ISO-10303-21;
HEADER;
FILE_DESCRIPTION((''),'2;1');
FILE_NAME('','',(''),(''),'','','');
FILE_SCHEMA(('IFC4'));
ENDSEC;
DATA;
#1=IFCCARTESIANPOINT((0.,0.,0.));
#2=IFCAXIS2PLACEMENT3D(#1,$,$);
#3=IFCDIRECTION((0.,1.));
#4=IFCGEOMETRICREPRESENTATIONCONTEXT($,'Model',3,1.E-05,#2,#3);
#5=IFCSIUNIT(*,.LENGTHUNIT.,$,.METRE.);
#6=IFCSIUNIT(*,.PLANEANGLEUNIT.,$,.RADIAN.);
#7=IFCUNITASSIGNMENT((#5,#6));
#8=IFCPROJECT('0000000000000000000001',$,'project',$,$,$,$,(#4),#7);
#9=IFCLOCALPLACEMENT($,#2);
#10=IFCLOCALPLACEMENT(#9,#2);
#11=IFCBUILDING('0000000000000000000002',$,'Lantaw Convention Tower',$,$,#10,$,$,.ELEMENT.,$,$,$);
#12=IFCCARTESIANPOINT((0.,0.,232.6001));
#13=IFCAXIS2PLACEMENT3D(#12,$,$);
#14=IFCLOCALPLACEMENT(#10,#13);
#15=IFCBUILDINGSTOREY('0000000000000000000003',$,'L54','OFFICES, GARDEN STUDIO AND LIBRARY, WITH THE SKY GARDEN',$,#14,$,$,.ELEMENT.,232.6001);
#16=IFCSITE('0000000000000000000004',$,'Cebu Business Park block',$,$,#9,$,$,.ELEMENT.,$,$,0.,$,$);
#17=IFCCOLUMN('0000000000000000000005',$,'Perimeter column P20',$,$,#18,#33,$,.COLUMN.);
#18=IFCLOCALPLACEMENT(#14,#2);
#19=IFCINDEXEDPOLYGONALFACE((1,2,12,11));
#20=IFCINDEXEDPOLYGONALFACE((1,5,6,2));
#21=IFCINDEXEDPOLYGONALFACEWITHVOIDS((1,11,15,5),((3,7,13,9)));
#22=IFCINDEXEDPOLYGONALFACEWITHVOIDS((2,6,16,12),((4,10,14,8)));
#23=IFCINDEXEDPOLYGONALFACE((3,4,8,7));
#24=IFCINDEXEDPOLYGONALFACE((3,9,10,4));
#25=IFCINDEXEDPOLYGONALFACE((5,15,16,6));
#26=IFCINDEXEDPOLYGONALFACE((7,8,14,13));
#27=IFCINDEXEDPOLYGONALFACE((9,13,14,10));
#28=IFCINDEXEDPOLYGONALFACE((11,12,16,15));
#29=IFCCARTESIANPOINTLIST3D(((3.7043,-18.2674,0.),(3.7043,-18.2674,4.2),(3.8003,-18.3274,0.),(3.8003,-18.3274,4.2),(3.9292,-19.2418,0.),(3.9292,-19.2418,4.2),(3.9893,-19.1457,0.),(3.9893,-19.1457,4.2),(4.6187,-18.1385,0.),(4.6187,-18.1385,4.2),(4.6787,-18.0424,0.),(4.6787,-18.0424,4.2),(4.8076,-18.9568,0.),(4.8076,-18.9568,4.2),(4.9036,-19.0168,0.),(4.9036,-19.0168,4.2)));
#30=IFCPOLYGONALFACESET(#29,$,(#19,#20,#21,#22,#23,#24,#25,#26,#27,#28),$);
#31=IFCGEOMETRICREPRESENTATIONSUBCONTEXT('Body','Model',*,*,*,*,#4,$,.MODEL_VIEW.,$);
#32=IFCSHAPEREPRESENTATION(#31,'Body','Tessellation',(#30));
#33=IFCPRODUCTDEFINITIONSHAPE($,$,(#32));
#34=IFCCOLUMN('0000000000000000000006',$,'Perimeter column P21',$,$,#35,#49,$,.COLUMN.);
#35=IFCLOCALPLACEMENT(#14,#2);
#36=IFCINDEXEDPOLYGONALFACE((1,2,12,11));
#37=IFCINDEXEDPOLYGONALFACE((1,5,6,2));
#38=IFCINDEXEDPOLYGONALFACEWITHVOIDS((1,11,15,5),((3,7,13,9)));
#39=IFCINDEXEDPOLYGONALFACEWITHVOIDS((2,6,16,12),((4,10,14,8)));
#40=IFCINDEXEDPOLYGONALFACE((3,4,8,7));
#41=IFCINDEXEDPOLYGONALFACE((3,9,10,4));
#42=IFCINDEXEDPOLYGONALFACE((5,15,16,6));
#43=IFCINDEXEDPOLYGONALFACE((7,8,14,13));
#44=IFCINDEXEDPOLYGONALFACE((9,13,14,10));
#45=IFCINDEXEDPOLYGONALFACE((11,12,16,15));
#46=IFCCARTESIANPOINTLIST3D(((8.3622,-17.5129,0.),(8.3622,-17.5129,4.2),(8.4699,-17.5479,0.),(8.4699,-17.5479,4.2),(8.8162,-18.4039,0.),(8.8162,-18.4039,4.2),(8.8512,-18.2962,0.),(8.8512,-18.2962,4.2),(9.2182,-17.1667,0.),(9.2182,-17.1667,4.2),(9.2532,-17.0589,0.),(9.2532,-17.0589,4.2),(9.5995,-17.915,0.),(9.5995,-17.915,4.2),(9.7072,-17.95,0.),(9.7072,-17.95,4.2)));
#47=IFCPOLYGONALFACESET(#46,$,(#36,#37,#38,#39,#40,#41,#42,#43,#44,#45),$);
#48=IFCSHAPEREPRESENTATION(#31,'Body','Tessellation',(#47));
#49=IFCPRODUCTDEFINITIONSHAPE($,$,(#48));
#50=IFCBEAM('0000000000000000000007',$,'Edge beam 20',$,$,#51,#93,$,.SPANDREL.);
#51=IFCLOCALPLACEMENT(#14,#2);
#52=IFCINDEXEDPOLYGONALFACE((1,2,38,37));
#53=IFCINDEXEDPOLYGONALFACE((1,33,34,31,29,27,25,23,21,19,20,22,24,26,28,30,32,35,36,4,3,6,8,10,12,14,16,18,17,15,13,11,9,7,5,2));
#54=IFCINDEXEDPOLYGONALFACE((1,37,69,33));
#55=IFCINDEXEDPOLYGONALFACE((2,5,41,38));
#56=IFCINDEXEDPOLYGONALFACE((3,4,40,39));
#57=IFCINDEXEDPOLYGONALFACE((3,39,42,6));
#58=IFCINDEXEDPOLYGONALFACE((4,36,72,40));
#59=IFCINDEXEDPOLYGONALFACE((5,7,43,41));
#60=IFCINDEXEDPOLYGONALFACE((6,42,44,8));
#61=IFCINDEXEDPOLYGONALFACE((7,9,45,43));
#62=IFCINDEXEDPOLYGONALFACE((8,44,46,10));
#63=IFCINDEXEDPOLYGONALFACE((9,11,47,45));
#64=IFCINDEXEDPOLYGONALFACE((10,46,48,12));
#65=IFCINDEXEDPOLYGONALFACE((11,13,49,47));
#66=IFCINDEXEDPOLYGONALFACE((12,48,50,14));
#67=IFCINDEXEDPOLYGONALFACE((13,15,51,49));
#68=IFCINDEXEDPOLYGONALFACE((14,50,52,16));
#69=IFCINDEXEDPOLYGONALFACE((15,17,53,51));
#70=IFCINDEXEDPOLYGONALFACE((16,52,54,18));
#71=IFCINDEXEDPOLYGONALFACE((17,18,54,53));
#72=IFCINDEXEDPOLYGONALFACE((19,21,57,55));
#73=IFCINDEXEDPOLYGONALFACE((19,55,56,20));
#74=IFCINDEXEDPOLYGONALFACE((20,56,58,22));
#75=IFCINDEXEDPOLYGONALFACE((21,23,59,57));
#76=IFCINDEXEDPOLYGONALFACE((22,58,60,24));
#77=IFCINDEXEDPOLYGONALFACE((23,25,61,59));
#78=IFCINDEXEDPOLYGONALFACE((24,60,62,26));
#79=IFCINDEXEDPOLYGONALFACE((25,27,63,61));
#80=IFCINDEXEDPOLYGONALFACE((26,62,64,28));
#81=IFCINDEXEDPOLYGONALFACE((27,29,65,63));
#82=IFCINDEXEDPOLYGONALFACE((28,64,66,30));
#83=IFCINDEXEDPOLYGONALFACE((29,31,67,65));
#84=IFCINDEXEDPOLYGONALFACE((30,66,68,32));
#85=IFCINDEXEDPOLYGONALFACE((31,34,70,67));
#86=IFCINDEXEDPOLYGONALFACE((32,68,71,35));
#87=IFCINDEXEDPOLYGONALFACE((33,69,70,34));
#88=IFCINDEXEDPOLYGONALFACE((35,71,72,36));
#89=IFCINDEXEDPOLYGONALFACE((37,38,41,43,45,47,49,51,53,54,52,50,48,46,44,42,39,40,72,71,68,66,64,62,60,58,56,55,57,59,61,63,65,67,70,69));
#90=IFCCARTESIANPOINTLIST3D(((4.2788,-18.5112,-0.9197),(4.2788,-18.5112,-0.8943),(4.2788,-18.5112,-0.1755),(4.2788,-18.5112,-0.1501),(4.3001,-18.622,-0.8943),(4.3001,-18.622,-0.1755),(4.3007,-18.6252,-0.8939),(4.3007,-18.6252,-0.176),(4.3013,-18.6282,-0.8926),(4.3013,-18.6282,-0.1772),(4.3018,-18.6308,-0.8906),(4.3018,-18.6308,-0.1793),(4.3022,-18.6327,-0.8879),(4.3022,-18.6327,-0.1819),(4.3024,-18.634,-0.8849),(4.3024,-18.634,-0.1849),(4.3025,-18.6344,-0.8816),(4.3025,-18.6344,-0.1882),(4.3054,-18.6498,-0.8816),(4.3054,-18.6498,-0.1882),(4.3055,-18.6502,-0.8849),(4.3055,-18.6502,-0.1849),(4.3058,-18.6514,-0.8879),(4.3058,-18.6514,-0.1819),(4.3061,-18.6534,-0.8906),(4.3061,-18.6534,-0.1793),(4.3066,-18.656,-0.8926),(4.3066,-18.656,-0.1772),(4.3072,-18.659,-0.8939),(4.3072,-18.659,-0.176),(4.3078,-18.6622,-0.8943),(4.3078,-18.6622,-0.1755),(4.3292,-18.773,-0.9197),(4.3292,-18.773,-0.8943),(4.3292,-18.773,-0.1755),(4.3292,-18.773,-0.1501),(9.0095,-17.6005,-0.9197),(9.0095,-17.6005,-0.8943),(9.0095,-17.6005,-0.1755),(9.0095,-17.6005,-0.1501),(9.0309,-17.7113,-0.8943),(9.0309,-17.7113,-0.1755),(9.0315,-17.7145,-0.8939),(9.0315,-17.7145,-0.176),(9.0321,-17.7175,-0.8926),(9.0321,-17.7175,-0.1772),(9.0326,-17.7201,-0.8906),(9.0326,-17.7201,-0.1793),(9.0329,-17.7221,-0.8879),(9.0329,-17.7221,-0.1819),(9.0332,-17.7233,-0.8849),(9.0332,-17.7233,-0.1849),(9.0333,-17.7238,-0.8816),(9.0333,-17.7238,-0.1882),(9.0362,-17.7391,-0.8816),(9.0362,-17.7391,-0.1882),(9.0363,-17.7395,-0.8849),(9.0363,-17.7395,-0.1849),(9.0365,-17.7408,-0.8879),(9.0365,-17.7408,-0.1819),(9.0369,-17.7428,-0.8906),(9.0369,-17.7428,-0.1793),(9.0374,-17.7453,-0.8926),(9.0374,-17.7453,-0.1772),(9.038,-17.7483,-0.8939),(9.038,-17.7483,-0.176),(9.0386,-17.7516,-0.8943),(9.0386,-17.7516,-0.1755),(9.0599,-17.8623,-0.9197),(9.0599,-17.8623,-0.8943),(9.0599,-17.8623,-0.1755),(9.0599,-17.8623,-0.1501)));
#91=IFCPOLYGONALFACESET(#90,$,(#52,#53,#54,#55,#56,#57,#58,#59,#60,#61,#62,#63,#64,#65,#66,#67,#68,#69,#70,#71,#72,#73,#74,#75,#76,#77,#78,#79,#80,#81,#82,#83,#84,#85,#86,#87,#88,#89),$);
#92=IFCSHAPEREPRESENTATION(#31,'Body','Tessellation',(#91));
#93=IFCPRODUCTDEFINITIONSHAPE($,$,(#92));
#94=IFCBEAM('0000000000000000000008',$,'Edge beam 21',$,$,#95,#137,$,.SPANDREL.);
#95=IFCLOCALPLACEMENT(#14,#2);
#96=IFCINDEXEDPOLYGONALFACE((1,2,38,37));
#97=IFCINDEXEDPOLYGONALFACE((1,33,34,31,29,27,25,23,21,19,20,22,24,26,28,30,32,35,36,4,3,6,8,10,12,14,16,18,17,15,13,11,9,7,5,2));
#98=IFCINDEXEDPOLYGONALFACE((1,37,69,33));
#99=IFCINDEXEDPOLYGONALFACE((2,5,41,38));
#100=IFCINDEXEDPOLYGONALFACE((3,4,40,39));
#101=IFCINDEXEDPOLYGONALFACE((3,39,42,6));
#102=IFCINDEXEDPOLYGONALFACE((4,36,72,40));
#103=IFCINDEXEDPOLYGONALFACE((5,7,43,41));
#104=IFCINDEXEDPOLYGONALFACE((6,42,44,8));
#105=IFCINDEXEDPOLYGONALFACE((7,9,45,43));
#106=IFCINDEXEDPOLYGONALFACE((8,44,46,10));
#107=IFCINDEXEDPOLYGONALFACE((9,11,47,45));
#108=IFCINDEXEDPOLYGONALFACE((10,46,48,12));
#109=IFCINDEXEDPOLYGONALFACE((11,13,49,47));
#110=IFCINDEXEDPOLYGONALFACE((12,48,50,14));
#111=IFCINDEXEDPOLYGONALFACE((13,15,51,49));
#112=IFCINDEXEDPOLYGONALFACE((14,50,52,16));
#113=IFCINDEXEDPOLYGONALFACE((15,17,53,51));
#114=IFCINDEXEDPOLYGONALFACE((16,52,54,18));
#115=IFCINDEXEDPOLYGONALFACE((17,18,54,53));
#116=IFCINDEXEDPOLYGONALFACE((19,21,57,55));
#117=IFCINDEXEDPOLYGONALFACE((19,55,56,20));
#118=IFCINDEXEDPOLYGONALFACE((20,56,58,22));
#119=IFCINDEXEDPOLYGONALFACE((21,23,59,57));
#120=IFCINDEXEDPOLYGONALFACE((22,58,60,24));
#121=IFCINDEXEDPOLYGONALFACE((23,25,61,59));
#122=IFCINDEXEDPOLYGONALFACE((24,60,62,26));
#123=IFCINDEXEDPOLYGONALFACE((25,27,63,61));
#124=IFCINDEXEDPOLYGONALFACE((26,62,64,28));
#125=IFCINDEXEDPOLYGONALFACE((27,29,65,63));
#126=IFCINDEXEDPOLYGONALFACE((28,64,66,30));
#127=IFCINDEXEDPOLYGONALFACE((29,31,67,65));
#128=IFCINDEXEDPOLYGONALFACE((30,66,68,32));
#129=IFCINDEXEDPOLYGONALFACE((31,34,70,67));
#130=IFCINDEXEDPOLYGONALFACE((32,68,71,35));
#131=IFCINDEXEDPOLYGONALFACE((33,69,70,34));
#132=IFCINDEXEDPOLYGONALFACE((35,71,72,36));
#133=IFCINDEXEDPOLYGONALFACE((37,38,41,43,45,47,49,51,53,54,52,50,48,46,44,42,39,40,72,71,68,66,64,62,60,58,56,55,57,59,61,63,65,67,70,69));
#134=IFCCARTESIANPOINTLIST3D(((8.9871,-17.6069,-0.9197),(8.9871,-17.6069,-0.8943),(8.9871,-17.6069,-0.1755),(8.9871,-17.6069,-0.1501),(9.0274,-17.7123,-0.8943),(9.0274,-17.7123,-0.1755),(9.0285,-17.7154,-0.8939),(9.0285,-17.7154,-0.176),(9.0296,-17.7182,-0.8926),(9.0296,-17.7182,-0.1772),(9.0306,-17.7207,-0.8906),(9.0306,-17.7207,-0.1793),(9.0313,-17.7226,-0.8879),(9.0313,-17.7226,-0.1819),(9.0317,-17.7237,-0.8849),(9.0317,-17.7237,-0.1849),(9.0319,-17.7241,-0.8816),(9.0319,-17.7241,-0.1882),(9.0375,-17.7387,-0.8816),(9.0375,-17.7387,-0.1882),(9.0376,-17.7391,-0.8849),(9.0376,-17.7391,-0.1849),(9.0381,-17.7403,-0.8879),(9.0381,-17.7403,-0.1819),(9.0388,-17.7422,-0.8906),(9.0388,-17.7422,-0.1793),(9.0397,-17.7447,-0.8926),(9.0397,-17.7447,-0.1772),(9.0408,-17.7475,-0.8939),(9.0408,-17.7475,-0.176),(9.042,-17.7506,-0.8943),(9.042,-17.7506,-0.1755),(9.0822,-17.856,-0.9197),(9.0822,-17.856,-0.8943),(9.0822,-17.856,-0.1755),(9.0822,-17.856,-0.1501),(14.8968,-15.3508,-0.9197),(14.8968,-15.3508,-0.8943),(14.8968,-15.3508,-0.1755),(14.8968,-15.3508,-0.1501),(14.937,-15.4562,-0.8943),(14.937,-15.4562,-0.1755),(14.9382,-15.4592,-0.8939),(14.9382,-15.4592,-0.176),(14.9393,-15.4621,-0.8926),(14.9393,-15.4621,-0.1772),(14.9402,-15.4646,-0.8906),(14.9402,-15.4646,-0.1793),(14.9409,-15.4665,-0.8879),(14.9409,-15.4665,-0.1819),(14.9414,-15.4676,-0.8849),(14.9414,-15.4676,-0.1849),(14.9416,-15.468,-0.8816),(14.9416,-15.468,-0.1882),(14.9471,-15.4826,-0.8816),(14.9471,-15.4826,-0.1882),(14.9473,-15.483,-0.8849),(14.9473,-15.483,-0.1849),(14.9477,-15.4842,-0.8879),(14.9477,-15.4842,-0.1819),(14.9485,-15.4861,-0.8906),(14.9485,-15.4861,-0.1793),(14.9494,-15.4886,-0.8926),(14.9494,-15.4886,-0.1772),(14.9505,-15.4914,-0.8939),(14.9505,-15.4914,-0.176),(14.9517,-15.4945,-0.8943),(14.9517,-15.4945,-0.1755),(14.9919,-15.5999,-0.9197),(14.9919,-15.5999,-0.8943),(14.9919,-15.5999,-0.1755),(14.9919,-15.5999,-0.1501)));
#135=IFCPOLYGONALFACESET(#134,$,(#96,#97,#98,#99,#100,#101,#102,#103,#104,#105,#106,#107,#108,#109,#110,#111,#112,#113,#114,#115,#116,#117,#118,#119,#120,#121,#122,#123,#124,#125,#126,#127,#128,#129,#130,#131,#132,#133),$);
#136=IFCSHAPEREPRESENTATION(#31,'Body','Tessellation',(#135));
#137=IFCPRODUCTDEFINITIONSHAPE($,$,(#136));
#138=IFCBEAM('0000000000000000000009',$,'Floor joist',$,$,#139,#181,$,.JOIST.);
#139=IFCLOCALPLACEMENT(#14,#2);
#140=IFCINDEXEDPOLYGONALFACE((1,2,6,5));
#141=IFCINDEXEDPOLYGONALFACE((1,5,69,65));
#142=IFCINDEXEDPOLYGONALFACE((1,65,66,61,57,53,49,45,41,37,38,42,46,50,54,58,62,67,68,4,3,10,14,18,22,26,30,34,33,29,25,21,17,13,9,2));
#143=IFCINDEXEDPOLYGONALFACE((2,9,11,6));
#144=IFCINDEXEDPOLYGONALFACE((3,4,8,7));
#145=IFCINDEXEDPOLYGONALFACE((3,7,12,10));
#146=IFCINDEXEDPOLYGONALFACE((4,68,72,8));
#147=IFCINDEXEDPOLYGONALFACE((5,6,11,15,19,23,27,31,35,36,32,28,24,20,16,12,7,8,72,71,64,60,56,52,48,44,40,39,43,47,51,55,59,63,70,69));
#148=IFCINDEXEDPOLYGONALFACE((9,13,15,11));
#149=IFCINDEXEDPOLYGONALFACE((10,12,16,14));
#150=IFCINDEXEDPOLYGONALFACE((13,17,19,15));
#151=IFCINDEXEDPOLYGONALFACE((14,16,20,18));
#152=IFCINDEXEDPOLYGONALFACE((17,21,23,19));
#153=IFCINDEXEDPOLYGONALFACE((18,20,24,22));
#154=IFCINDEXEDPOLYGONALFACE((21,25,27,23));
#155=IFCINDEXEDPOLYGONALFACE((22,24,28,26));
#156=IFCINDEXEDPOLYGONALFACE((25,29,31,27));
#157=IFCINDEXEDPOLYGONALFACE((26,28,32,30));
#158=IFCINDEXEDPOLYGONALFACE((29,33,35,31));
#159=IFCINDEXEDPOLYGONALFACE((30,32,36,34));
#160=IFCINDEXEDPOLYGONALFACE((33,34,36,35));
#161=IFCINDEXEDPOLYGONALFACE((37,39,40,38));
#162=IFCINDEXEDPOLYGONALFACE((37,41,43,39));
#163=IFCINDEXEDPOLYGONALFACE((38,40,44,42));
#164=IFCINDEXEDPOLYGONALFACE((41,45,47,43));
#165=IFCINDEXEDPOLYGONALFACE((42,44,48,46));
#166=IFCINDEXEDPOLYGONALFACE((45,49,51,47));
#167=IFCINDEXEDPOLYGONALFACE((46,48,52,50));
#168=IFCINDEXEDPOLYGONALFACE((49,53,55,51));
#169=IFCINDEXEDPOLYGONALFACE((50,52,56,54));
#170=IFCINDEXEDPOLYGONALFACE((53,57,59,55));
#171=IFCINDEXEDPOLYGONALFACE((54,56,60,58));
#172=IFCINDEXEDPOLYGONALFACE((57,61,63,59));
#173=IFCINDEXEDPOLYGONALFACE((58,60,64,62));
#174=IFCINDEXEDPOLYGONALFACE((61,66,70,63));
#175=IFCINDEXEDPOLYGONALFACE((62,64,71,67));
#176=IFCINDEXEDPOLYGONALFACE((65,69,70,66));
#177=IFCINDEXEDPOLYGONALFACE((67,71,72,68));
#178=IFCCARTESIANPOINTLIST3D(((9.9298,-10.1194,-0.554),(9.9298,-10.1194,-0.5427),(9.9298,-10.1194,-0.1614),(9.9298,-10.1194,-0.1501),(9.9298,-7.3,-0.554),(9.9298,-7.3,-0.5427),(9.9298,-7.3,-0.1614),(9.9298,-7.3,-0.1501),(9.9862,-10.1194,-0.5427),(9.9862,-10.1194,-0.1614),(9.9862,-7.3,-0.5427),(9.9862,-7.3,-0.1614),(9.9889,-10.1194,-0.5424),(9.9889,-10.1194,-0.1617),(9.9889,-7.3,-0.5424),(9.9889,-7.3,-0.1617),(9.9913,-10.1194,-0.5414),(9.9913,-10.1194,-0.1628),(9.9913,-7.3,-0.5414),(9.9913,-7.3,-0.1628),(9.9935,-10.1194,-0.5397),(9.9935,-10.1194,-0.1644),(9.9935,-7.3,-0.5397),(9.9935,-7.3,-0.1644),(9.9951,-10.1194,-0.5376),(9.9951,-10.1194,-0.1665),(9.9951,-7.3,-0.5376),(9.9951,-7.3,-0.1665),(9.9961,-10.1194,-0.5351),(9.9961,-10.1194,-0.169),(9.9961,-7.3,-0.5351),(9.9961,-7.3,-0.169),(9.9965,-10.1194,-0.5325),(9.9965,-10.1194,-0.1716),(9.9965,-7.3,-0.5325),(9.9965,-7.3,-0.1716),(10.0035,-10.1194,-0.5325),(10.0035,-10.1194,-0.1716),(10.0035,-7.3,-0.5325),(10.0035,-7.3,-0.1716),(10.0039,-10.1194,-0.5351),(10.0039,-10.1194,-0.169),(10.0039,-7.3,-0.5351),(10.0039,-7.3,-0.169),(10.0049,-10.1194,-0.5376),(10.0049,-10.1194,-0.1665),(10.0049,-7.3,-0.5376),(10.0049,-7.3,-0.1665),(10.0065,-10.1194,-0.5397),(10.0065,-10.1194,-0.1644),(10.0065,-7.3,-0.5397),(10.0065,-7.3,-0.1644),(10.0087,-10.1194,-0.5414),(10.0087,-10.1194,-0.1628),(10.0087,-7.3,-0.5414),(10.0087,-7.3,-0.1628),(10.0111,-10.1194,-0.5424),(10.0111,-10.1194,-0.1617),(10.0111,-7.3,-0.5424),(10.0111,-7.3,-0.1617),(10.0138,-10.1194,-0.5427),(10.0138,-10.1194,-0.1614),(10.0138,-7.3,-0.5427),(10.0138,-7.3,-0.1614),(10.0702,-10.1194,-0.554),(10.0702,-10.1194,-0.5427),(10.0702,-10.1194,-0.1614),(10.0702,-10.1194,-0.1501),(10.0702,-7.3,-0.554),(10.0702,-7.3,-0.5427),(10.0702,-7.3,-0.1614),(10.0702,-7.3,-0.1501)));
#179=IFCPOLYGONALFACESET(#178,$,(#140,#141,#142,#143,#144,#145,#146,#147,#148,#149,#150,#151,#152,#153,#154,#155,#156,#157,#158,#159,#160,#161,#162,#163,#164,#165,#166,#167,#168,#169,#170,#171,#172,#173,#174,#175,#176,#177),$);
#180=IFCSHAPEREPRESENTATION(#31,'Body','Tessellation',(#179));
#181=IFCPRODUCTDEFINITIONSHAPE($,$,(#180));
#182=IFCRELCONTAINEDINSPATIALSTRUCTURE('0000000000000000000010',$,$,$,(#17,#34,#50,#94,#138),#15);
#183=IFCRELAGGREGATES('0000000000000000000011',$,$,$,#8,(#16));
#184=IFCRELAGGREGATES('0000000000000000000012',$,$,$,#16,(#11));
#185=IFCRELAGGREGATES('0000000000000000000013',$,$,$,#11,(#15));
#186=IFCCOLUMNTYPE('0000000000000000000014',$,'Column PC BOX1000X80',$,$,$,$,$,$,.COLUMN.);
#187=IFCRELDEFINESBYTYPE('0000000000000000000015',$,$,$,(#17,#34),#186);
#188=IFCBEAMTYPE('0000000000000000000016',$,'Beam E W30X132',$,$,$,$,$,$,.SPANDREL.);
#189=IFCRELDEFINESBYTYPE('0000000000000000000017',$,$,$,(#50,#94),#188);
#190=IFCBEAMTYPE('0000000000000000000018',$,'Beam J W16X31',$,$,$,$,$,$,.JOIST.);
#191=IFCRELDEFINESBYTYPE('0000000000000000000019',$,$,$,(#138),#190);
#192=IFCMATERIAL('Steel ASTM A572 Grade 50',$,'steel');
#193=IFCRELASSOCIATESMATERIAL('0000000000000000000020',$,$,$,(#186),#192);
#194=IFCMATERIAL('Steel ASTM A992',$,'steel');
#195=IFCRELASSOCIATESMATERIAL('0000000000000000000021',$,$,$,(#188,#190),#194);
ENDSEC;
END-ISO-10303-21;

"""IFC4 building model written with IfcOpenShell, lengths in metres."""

from ifc_helpers import new_model, si_unit, direction, frame, origin, origin_2d, place, context, subcontext, project, spatial, rectangle, hollow_rectangle, i_section, extrude, material, material_profile, profile_set, type_object, element, save


model = new_model("IFC4")

# Units and contexts
model_context = context("Model", 3, precision=1e-05, world=origin(), true_north=direction((0.0, 1.0)))
body_context = subcontext(model_context, "Body", "Model", "MODEL_VIEW")
ifc_project = project(units=[si_unit("LENGTHUNIT", "METRE"), si_unit("PLANEANGLEUNIT", "RADIAN")], contexts=[model_context])

# Site, building, storey
site_placement = place(None, origin())
site = spatial("IfcSite", under=ifc_project, at=site_placement, Name="Cebu Business Park block", CompositionType="ELEMENT", RefElevation=0.0)
building_placement = place(site_placement, origin())
building = spatial("IfcBuilding", under=site, at=building_placement, Name="Lantaw Convention Tower", CompositionType="ELEMENT")
storey_placement = place(building_placement, frame((0.0, 0.0, 232.6001)))
storey = spatial("IfcBuildingStorey", under=building, at=storey_placement, Name="L54", Description="OFFICES, GARDEN STUDIO AND LIBRARY, WITH THE SKY GARDEN", CompositionType="ELEMENT", Elevation=232.6001)

# Columns
ifc_material_1 = material(Name="Steel ASTM A572 Grade 50", Category="steel")
ifc_material_profile_1 = material_profile(ifc_material_1, hollow_rectangle(XDim=1.0, YDim=1.0, WallThickness=0.0801, at=origin_2d()), Name="BOX1000X80")
ifc_material_2 = material(Name="Concrete C60/75", Category="concrete")
ifc_material_profile_2 = material_profile(ifc_material_2, rectangle(XDim=0.8401, YDim=0.8401, at=origin_2d()), Name="Concrete fill of BOX1000X80")
ifc_profile_set_1 = profile_set([ifc_material_profile_1, ifc_material_profile_2], Name="Steel ASTM A572 Grade 50")
column_type = type_object("IfcColumnType", Name="Column PC BOX1000X80", PredefinedType="COLUMN", material=ifc_profile_set_1)
for number, where, z_axis, x_axis, name in (
    (1, (4.304, -18.6421, 0.0), (0.0, 0.0, 1.0), (0.97437, 0.224951, 0.0), "Perimeter column P20"),
    (2, (9.0347, -17.7314, 0.0), (0.0, 0.0, 1.0), (0.891007, 0.45399, 0.0), "Perimeter column P21"),
):
    element("IfcColumn", number, at=place(storey_placement, frame(where, z_axis=z_axis, x_axis=x_axis)), inside=storey, type_object=column_type, Name=name, PredefinedType="COLUMN", context=body_context, shape_type="SweptSolid", body=[
        extrude(hollow_rectangle(XDim=1.0, YDim=1.0, WallThickness=0.0801, at=origin_2d()), origin(), (0.0, 0.0, 1.0), 4.2),
    ])

# Beams
ifc_material_3 = material(Name="Steel ASTM A992", Category="steel")
ifc_material_profile_3 = material_profile(ifc_material_3, i_section(OverallWidth=0.2666, OverallDepth=0.7695, WebThickness=0.0156, FlangeThickness=0.0254, FilletRadius=0.0127, at=origin_2d()), Name="W30X132")
ifc_profile_set_2 = profile_set([ifc_material_profile_3], Name="Steel ASTM A992")
beam_type_1 = type_object("IfcBeamType", Name="Beam E W30X132", PredefinedType="SPANDREL", material=ifc_profile_set_2)
beam_1_placement = place(storey_placement, frame((4.304, -18.6421, -0.5349), z_axis=(0.981972, 0.189026, 0.0), x_axis=(-0.189026, 0.981972, 0.0)))
element("IfcBeam", 3, at=beam_1_placement, inside=storey, type_object=beam_type_1, Name="Edge beam 20", PredefinedType="SPANDREL", context=body_context, shape_type="SweptSolid", body=[
    extrude(i_section(OverallWidth=0.2666, OverallDepth=0.7695, WebThickness=0.0156, FlangeThickness=0.0254, FilletRadius=0.0127, at=origin_2d()), origin(), (0.0, 0.0, 1.0), 4.8176),
])
beam_2_placement = place(storey_placement, frame((9.0347, -17.7314, -0.5349), z_axis=(0.934235, 0.356658, 0.0), x_axis=(-0.356658, 0.934235, 0.0)))
element("IfcBeam", 4, at=beam_2_placement, inside=storey, type_object=beam_type_1, Name="Edge beam 21", PredefinedType="SPANDREL", context=body_context, shape_type="SweptSolid", body=[
    extrude(i_section(OverallWidth=0.2666, OverallDepth=0.7695, WebThickness=0.0156, FlangeThickness=0.0254, FilletRadius=0.0127, at=origin_2d()), origin(), (0.0, 0.0, 1.0), 6.3257),
])
ifc_material_profile_4 = material_profile(ifc_material_3, i_section(OverallWidth=0.1404, OverallDepth=0.4038, WebThickness=0.0071, FlangeThickness=0.0112, FilletRadius=0.0103, at=origin_2d()), Name="W16X31")
ifc_profile_set_3 = profile_set([ifc_material_profile_4], Name="Steel ASTM A992")
beam_type_2 = type_object("IfcBeamType", Name="Beam J W16X31", PredefinedType="JOIST", material=ifc_profile_set_3)
beam_3_placement = place(storey_placement, frame((10.0, -10.1194, -0.3521), z_axis=(0.0, 1.0, 0.0), x_axis=(-1.0, 0.0, 0.0)))
element("IfcBeam", 5, at=beam_3_placement, inside=storey, type_object=beam_type_2, Name="Floor joist", PredefinedType="JOIST", context=body_context, shape_type="SweptSolid", body=[
    extrude(i_section(OverallWidth=0.1404, OverallDepth=0.4038, WebThickness=0.0071, FlangeThickness=0.0112, FilletRadius=0.0103, at=origin_2d()), origin(), (0.0, 0.0, 1.0), 2.8193),
])

save(model, "model.ifc")
